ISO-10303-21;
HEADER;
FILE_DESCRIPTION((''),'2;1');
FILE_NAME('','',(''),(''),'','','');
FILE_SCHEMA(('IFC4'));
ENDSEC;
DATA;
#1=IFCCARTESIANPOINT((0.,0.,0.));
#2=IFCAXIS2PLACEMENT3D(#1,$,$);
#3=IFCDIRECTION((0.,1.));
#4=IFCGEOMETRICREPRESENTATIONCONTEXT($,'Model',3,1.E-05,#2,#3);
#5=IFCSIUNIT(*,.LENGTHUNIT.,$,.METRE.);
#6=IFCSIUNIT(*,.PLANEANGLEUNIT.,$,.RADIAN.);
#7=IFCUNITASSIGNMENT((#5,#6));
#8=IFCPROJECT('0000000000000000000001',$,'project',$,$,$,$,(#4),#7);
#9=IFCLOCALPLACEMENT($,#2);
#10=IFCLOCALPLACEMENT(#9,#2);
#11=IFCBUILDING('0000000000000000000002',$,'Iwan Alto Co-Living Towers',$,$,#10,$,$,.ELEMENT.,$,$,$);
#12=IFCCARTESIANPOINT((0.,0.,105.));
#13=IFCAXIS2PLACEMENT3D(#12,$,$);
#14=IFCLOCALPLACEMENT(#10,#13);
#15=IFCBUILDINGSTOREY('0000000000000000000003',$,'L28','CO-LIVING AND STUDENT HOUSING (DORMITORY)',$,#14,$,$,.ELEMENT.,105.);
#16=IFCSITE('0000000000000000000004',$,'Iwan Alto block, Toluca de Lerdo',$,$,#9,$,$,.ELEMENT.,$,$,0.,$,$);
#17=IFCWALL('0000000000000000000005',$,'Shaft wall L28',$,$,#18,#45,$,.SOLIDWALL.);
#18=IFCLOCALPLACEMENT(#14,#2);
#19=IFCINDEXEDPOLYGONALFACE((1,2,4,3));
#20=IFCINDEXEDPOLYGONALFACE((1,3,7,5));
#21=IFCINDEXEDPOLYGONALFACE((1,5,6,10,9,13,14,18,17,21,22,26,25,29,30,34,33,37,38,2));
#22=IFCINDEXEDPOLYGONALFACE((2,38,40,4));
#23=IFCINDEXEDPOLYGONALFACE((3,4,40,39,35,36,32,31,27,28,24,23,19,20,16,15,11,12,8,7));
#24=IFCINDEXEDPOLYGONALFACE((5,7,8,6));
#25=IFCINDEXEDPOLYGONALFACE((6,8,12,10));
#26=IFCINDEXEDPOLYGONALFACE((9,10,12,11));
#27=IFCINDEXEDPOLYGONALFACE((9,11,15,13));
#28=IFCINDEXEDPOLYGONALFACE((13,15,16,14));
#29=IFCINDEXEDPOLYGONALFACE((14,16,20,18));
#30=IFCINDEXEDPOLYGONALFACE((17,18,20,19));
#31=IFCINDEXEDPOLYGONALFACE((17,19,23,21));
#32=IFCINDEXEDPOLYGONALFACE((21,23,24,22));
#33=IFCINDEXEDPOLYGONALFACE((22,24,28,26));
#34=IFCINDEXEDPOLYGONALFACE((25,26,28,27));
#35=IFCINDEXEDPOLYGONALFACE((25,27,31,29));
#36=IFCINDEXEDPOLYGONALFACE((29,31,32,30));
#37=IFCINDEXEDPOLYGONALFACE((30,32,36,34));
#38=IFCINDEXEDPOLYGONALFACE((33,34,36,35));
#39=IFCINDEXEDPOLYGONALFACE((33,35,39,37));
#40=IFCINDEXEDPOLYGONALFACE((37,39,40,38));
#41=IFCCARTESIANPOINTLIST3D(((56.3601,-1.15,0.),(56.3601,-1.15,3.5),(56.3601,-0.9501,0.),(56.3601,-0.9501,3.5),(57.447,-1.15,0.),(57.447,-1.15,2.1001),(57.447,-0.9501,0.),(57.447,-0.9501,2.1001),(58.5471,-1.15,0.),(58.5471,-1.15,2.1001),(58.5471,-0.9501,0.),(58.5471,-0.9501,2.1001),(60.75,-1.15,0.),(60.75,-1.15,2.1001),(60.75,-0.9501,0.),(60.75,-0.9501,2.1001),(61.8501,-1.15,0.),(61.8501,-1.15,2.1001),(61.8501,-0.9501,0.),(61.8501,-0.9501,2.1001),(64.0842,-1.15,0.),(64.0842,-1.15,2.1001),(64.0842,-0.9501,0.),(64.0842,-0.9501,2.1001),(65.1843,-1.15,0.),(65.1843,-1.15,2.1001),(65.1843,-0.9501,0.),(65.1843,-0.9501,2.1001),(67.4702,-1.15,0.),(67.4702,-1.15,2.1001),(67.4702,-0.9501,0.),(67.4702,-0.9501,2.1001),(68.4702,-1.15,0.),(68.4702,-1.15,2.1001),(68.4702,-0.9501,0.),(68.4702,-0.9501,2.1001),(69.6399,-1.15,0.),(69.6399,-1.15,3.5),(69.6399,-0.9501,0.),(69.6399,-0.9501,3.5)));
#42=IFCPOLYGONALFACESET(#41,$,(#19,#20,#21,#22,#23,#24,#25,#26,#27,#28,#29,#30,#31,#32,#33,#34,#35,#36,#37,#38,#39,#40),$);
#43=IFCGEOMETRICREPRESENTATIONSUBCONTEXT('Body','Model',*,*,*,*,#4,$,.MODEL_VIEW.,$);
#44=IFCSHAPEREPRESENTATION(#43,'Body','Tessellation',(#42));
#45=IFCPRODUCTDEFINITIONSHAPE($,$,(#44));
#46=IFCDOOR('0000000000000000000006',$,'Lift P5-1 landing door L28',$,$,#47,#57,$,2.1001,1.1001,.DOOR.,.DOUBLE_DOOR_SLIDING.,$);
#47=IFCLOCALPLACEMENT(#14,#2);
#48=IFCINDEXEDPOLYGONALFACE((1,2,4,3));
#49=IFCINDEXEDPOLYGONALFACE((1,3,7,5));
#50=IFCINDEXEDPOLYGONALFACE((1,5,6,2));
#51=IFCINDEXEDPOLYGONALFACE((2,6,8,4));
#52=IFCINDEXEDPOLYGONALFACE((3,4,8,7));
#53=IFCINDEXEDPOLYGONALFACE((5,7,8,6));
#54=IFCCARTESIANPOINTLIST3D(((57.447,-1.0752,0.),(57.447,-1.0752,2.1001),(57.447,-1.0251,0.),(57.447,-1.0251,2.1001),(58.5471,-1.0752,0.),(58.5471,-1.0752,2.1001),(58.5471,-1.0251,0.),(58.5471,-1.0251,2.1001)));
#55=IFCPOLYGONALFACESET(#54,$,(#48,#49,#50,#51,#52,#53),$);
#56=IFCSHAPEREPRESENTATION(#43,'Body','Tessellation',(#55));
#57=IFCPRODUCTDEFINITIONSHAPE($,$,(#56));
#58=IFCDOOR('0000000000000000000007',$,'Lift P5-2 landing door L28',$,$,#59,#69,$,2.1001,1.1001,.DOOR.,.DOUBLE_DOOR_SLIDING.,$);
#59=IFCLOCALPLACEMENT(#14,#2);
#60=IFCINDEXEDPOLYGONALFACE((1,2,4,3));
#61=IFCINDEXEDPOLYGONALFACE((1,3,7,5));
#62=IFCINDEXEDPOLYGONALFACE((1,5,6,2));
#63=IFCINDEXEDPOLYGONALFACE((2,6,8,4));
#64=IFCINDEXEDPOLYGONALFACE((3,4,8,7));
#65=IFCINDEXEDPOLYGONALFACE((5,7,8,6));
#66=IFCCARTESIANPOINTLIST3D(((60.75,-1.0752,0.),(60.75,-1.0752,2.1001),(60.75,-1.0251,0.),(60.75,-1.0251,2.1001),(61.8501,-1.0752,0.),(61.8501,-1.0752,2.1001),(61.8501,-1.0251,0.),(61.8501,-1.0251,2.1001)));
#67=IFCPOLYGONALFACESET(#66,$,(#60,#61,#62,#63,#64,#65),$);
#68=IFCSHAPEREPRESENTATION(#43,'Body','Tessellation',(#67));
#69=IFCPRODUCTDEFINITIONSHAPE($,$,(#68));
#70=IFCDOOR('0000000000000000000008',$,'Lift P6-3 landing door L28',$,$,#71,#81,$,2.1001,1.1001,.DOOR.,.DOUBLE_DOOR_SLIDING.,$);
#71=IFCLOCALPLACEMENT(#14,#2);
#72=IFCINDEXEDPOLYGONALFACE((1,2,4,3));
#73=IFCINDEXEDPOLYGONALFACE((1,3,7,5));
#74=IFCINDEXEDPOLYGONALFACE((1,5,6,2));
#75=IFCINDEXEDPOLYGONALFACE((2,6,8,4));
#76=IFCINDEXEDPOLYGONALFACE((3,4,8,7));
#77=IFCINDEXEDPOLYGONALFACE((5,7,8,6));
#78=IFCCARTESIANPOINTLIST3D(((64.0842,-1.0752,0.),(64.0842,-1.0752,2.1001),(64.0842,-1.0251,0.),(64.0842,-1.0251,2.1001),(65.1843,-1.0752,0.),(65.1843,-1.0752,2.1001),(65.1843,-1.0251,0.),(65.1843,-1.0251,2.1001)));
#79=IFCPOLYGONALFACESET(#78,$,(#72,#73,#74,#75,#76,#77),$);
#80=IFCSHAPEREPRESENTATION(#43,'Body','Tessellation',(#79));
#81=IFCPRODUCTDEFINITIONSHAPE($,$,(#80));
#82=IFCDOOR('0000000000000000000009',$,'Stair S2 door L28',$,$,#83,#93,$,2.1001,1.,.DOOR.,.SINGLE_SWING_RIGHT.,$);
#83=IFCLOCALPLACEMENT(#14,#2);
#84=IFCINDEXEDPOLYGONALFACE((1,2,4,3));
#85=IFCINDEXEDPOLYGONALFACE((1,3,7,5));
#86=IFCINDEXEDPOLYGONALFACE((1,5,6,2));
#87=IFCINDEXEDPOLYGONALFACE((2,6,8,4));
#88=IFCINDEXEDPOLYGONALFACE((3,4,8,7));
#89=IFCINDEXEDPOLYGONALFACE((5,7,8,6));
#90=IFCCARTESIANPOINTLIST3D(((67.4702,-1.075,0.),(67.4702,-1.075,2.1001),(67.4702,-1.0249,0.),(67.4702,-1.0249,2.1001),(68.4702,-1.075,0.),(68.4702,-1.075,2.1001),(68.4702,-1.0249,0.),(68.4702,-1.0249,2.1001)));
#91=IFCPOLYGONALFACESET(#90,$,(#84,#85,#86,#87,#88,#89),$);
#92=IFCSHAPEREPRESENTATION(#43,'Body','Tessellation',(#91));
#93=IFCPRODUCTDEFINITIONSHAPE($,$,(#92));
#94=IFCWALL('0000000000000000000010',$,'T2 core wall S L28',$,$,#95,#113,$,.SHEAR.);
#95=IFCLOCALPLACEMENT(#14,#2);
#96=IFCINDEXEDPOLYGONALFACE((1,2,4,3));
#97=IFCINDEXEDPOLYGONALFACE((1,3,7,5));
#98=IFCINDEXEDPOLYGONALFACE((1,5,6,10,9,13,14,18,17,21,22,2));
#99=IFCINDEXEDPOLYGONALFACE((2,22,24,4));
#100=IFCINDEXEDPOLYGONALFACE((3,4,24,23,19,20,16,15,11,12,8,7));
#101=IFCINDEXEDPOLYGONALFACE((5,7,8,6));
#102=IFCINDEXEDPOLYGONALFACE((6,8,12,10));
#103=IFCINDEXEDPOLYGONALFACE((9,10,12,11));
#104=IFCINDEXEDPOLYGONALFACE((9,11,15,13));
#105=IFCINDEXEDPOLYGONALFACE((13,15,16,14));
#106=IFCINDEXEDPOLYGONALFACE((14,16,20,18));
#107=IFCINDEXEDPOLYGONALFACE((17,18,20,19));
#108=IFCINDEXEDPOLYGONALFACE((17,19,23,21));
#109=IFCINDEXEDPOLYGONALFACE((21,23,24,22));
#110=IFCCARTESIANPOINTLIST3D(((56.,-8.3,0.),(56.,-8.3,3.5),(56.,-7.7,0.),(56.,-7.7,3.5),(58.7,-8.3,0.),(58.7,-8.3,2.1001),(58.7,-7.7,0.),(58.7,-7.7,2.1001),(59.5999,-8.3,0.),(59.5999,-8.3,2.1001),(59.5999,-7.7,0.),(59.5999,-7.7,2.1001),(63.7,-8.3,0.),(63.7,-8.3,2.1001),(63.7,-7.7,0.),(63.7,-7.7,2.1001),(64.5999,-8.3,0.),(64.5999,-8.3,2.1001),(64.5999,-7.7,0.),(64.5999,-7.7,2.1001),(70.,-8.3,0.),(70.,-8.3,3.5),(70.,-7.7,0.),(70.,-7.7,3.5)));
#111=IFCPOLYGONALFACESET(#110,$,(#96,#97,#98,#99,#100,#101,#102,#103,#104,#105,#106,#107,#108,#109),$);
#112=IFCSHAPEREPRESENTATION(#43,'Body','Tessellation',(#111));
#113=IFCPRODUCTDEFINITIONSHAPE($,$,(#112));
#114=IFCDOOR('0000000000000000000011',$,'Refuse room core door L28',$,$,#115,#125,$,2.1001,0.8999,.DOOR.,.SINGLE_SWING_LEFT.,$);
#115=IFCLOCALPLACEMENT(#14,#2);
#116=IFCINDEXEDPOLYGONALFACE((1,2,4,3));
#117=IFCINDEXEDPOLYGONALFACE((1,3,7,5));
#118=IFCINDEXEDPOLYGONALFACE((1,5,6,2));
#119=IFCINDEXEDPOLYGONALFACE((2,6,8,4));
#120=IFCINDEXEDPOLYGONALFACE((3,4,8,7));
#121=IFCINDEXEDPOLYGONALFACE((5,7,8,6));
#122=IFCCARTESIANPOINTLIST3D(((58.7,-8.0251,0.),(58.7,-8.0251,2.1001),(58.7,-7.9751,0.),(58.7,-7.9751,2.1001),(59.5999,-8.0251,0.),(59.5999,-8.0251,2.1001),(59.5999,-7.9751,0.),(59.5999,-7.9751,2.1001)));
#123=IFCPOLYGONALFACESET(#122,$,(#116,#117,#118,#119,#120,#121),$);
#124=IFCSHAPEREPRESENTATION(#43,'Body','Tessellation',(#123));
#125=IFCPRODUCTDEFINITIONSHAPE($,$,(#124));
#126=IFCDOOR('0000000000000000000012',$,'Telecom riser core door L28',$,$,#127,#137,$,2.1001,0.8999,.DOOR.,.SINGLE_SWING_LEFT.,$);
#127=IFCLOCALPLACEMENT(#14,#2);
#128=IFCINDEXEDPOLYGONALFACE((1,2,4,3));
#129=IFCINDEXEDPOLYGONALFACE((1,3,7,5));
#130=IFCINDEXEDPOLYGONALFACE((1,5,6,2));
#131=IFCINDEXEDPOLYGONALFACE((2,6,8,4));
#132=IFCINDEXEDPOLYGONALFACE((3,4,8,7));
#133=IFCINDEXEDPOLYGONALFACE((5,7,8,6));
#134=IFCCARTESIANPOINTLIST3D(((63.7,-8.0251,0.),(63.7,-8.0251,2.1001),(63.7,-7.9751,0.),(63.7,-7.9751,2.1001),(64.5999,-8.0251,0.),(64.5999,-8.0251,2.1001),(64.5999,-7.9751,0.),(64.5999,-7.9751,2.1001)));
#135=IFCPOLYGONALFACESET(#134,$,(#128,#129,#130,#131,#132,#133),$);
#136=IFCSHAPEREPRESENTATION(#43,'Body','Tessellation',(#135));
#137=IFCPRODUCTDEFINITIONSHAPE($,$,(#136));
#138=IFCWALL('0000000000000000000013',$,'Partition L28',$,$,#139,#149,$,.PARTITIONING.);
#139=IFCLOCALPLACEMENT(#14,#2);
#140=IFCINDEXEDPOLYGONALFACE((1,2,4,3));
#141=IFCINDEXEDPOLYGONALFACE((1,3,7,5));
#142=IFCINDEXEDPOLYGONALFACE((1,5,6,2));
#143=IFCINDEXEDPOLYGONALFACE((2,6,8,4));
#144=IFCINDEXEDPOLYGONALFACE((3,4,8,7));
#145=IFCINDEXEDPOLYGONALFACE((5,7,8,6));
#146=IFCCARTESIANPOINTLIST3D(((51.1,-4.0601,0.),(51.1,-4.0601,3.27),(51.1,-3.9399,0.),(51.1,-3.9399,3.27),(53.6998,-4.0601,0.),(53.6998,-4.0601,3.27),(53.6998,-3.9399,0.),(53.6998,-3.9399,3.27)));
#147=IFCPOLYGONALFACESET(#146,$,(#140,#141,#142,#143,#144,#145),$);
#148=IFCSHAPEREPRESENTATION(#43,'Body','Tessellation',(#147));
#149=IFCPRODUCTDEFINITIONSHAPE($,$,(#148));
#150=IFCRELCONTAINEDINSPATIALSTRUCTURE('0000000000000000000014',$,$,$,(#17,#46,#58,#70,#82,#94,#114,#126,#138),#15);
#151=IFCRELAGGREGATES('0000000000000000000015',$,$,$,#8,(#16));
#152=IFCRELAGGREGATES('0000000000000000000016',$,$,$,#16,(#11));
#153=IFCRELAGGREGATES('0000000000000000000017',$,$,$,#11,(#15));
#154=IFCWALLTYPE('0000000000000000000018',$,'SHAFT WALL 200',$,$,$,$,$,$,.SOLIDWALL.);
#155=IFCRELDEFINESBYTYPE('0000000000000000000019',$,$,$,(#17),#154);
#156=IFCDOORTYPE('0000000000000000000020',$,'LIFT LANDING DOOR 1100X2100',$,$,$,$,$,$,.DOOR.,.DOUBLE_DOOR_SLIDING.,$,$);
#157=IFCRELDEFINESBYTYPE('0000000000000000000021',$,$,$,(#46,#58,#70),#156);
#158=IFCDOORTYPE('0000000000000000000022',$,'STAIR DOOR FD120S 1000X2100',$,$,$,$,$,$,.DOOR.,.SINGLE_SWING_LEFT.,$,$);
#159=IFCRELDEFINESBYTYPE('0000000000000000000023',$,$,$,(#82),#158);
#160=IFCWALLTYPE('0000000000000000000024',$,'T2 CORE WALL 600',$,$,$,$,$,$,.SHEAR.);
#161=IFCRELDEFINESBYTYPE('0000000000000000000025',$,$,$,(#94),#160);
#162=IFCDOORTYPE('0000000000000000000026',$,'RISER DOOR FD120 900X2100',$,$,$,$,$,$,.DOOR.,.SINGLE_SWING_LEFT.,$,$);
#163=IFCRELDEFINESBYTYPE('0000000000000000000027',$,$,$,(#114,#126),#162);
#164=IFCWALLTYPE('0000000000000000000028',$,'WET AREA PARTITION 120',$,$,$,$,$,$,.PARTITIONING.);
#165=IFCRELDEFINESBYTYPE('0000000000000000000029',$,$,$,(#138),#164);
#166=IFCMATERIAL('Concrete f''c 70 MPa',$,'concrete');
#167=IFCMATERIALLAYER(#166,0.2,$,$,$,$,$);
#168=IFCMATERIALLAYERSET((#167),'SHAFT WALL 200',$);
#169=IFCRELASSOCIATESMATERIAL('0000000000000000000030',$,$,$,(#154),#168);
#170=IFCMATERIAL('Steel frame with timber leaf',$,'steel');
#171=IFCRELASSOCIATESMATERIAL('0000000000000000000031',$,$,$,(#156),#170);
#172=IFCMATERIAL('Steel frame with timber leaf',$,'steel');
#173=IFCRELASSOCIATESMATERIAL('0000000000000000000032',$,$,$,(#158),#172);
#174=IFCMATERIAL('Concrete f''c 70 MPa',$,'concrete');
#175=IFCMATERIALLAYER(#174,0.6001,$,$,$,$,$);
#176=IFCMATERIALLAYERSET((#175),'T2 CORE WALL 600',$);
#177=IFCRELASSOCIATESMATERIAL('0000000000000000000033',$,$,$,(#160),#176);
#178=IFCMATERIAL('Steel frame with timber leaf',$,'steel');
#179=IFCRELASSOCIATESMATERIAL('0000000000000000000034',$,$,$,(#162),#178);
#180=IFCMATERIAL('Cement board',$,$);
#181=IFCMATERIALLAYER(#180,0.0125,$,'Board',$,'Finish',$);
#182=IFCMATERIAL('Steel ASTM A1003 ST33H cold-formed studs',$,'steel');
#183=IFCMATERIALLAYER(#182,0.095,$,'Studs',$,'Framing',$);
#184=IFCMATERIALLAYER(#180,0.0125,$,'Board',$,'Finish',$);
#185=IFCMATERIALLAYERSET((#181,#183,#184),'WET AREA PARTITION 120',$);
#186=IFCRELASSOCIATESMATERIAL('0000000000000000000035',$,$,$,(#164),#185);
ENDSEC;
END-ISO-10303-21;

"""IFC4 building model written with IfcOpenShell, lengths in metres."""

from ifc_helpers import new_model, si_unit, direction, frame, frame_2d, origin, place, context, subcontext, project, spatial, rectangle, extrude, material, layer, layer_set, type_object, element, fill, save


model = new_model("IFC4")

# Units and contexts
model_context = context("Model", 3, precision=1e-05, world=origin(), true_north=direction((0.0, 1.0)))
body_context = subcontext(model_context, "Body", "Model", "MODEL_VIEW")
ifc_project = project(units=[si_unit("LENGTHUNIT", "METRE"), si_unit("PLANEANGLEUNIT", "RADIAN")], contexts=[model_context])

# Site, building, storey
site_placement = place(None, origin())
site = spatial("IfcSite", under=ifc_project, at=site_placement, Name="Iwan Alto block, Toluca de Lerdo", CompositionType="ELEMENT", RefElevation=0.0)
building_placement = place(site_placement, origin())
building = spatial("IfcBuilding", under=site, at=building_placement, Name="Iwan Alto Co-Living Towers", CompositionType="ELEMENT")
storey_placement = place(building_placement, frame((0.0, 0.0, 105.0)))
storey = spatial("IfcBuildingStorey", under=building, at=storey_placement, Name="L28", Description="CO-LIVING AND STUDENT HOUSING (DORMITORY)", CompositionType="ELEMENT", Elevation=105.0)

# Shared definitions
ifc_material_1 = material(Name="Steel ASTM A1003 ST33H cold-formed studs", Category="steel")

# Shared definitions
ifc_material_2 = material(Name="Concrete f'c 70 MPa", Category="concrete")
ifc_layer_1 = layer(ifc_material_2, 0.2)
ifc_layer_set_1 = layer_set([ifc_layer_1], Name="SHAFT WALL 200")
wall_type_1 = type_object("IfcWallType", Name="SHAFT WALL 200", PredefinedType="SOLIDWALL", material=ifc_layer_set_1)

# Walls, openings, doors
wall_1_placement = place(storey_placement, frame((56.3601, -1.05, 0.0), z_axis=(0.0, 0.0, 1.0), x_axis=(1.0, 0.0, 0.0)))
wall_1 = element("IfcWall", 1, at=wall_1_placement, inside=storey, type_object=wall_type_1, Name="Shaft wall L28", PredefinedType="SOLIDWALL", context=body_context, shape_type="SweptSolid", body=[
    extrude(rectangle(XDim=13.2798, YDim=0.2, at=frame_2d((6.6399, 0.0))), origin(), (0.0, 0.0, 1.0), 3.5),
])
opening_1_placement = place(wall_1_placement, frame((11.1101, 0.0, 0.0)))
opening_1 = element("IfcOpeningElement", 2, at=opening_1_placement, cuts=wall_1, PredefinedType="OPENING", context=body_context, shape_type="SweptSolid", body=[
    extrude(rectangle(XDim=1.0, YDim=2.1001, at=frame_2d((0.5, 1.05))), frame((0.0, 0.1099, 0.0), z_axis=(0.0, -1.0, 0.0), x_axis=(1.0, 0.0, 0.0)), (0.0, 0.0, 1.0), 0.22),
])
opening_2_placement = place(wall_1_placement, frame((1.0869, 0.0, 0.0)))
opening_2 = element("IfcOpeningElement", 3, at=opening_2_placement, cuts=wall_1, PredefinedType="OPENING", context=body_context, shape_type="SweptSolid", body=[
    extrude(rectangle(XDim=1.1001, YDim=2.1001, at=frame_2d((0.55, 1.05))), frame((0.0, 0.1099, 0.0), z_axis=(0.0, -1.0, 0.0), x_axis=(1.0, 0.0, 0.0)), (0.0, 0.0, 1.0), 0.22),
])
opening_3_placement = place(wall_1_placement, frame((4.3899, 0.0, 0.0)))
opening_3 = element("IfcOpeningElement", 4, at=opening_3_placement, cuts=wall_1, PredefinedType="OPENING", context=body_context, shape_type="SweptSolid", body=[
    extrude(rectangle(XDim=1.1001, YDim=2.1001, at=frame_2d((0.55, 1.05))), frame((0.0, 0.1099, 0.0), z_axis=(0.0, -1.0, 0.0), x_axis=(1.0, 0.0, 0.0)), (0.0, 0.0, 1.0), 0.22),
])
opening_4_placement = place(wall_1_placement, frame((7.7241, 0.0, 0.0)))
opening_4 = element("IfcOpeningElement", 5, at=opening_4_placement, cuts=wall_1, PredefinedType="OPENING", context=body_context, shape_type="SweptSolid", body=[
    extrude(rectangle(XDim=1.1001, YDim=2.1001, at=frame_2d((0.55, 1.05))), frame((0.0, 0.1099, 0.0), z_axis=(0.0, -1.0, 0.0), x_axis=(1.0, 0.0, 0.0)), (0.0, 0.0, 1.0), 0.22),
])
ifc_material_3 = material(Name="Steel frame with timber leaf", Category="steel")
door_type_1 = type_object("IfcDoorType", Name="LIFT LANDING DOOR 1100X2100", OperationType="DOUBLE_DOOR_SLIDING", PredefinedType="DOOR", material=ifc_material_3)
door_1_placement = place(opening_2_placement, origin())
door_1 = element("IfcDoor", 6, at=door_1_placement, inside=storey, type_object=door_type_1, Name="Lift P5-1 landing door L28", OperationType="DOUBLE_DOOR_SLIDING", OverallHeight=2.1001, OverallWidth=1.1001, PredefinedType="DOOR", context=body_context, shape_type="SweptSolid", body=[
    extrude(rectangle(XDim=1.1001, YDim=2.1001, at=frame_2d((0.55, 1.05))), frame((0.0, 0.0249, 0.0), z_axis=(0.0, -1.0, 0.0), x_axis=(1.0, 0.0, 0.0)), (0.0, 0.0, 1.0), 0.05),
])
fill(opening_2, door_1)
door_2_placement = place(opening_3_placement, origin())
door_2 = element("IfcDoor", 7, at=door_2_placement, inside=storey, type_object=door_type_1, Name="Lift P5-2 landing door L28", OperationType="DOUBLE_DOOR_SLIDING", OverallHeight=2.1001, OverallWidth=1.1001, PredefinedType="DOOR", context=body_context, shape_type="SweptSolid", body=[
    extrude(rectangle(XDim=1.1001, YDim=2.1001, at=frame_2d((0.55, 1.05))), frame((0.0, 0.0249, 0.0), z_axis=(0.0, -1.0, 0.0), x_axis=(1.0, 0.0, 0.0)), (0.0, 0.0, 1.0), 0.05),
])
fill(opening_3, door_2)
door_3_placement = place(opening_4_placement, origin())
door_3 = element("IfcDoor", 8, at=door_3_placement, inside=storey, type_object=door_type_1, Name="Lift P6-3 landing door L28", OperationType="DOUBLE_DOOR_SLIDING", OverallHeight=2.1001, OverallWidth=1.1001, PredefinedType="DOOR", context=body_context, shape_type="SweptSolid", body=[
    extrude(rectangle(XDim=1.1001, YDim=2.1001, at=frame_2d((0.55, 1.05))), frame((0.0, 0.0249, 0.0), z_axis=(0.0, -1.0, 0.0), x_axis=(1.0, 0.0, 0.0)), (0.0, 0.0, 1.0), 0.05),
])
fill(opening_4, door_3)
ifc_material_4 = material(Name="Steel frame with timber leaf", Category="steel")
door_type_2 = type_object("IfcDoorType", Name="STAIR DOOR FD120S 1000X2100", OperationType="SINGLE_SWING_LEFT", PredefinedType="DOOR", material=ifc_material_4)
door_4_placement = place(opening_1_placement, frame((1.0, 0.0, 0.0), z_axis=(0.0, 0.0, 1.0), x_axis=(-1.0, 0.0, 0.0)))
door_4 = element("IfcDoor", 9, at=door_4_placement, inside=storey, type_object=door_type_2, Name="Stair S2 door L28", OperationType="SINGLE_SWING_RIGHT", OverallHeight=2.1001, OverallWidth=1.0, PredefinedType="DOOR", context=body_context, shape_type="SweptSolid", body=[
    extrude(rectangle(XDim=1.0, YDim=2.1001, at=frame_2d((0.5, 1.05))), frame((0.0, 0.0249, 0.0), z_axis=(0.0, -1.0, 0.0), x_axis=(1.0, 0.0, 0.0)), (0.0, 0.0, 1.0), 0.05),
])
fill(opening_1, door_4)
ifc_material_5 = material(Name="Concrete f'c 70 MPa", Category="concrete")
ifc_layer_2 = layer(ifc_material_5, 0.6001)
ifc_layer_set_2 = layer_set([ifc_layer_2], Name="T2 CORE WALL 600")
wall_type_2 = type_object("IfcWallType", Name="T2 CORE WALL 600", PredefinedType="SHEAR", material=ifc_layer_set_2)
wall_2_placement = place(storey_placement, frame((56.0, -8.0, 0.0), z_axis=(0.0, 0.0, 1.0), x_axis=(1.0, 0.0, 0.0)))
wall_2 = element("IfcWall", 10, at=wall_2_placement, inside=storey, type_object=wall_type_2, Name="T2 core wall S L28", PredefinedType="SHEAR", context=body_context, shape_type="SweptSolid", body=[
    extrude(rectangle(XDim=14.0, YDim=0.6001, at=frame_2d((7.0, 0.0))), origin(), (0.0, 0.0, 1.0), 3.5),
])
opening_5_placement = place(wall_2_placement, frame((2.7, 0.0, 0.0)))
opening_5 = element("IfcOpeningElement", 11, at=opening_5_placement, cuts=wall_2, PredefinedType="OPENING", context=body_context, shape_type="SweptSolid", body=[
    extrude(rectangle(XDim=0.8999, YDim=2.1001, at=frame_2d((0.45, 1.05))), frame((0.0, 0.3101, 0.0), z_axis=(0.0, -1.0, 0.0), x_axis=(1.0, 0.0, 0.0)), (0.0, 0.0, 1.0), 0.6201),
])
opening_6_placement = place(wall_2_placement, frame((7.7, 0.0, 0.0)))
opening_6 = element("IfcOpeningElement", 12, at=opening_6_placement, cuts=wall_2, PredefinedType="OPENING", context=body_context, shape_type="SweptSolid", body=[
    extrude(rectangle(XDim=0.8999, YDim=2.1001, at=frame_2d((0.45, 1.05))), frame((0.0, 0.3101, 0.0), z_axis=(0.0, -1.0, 0.0), x_axis=(1.0, 0.0, 0.0)), (0.0, 0.0, 1.0), 0.6201),
])
ifc_material_6 = material(Name="Steel frame with timber leaf", Category="steel")
door_type_3 = type_object("IfcDoorType", Name="RISER DOOR FD120 900X2100", OperationType="SINGLE_SWING_LEFT", PredefinedType="DOOR", material=ifc_material_6)
door_5_placement = place(opening_5_placement, origin())
door_5 = element("IfcDoor", 13, at=door_5_placement, inside=storey, type_object=door_type_3, Name="Refuse room core door L28", OperationType="SINGLE_SWING_LEFT", OverallHeight=2.1001, OverallWidth=0.8999, PredefinedType="DOOR", context=body_context, shape_type="SweptSolid", body=[
    extrude(rectangle(XDim=0.8999, YDim=2.1001, at=frame_2d((0.45, 1.05))), frame((0.0, 0.0249, 0.0), z_axis=(0.0, -1.0, 0.0), x_axis=(1.0, 0.0, 0.0)), (0.0, 0.0, 1.0), 0.05),
])
fill(opening_5, door_5)
door_6_placement = place(opening_6_placement, origin())
door_6 = element("IfcDoor", 14, at=door_6_placement, inside=storey, type_object=door_type_3, Name="Telecom riser core door L28", OperationType="SINGLE_SWING_LEFT", OverallHeight=2.1001, OverallWidth=0.8999, PredefinedType="DOOR", context=body_context, shape_type="SweptSolid", body=[
    extrude(rectangle(XDim=0.8999, YDim=2.1001, at=frame_2d((0.45, 1.05))), frame((0.0, 0.0249, 0.0), z_axis=(0.0, -1.0, 0.0), x_axis=(1.0, 0.0, 0.0)), (0.0, 0.0, 1.0), 0.05),
])
fill(opening_6, door_6)

# Wall
ifc_material_7 = material(Name="Cement board")
ifc_layer_3 = layer(ifc_material_7, 0.0125, Name="Board", Category="Finish")
ifc_layer_4 = layer(ifc_material_1, 0.095, Name="Studs", Category="Framing")
ifc_layer_5 = layer(ifc_material_7, 0.0125, Name="Board", Category="Finish")
ifc_layer_set_3 = layer_set([ifc_layer_3, ifc_layer_4, ifc_layer_5], Name="WET AREA PARTITION 120")
wall_type_3 = type_object("IfcWallType", Name="WET AREA PARTITION 120", PredefinedType="PARTITIONING", material=ifc_layer_set_3)
wall_3_placement = place(storey_placement, frame((51.1001, -4.0, 0.0), z_axis=(0.0, 0.0, 1.0), x_axis=(1.0, 0.0, 0.0)))
element("IfcWall", 15, at=wall_3_placement, inside=storey, type_object=wall_type_3, Name="Partition L28", PredefinedType="PARTITIONING", context=body_context, shape_type="SweptSolid", body=[
    extrude(rectangle(XDim=2.5999, YDim=0.1201, at=frame_2d((1.2998, 0.0))), origin(), (0.0, 0.0, 1.0), 3.27),
])

save(model, "model.ifc")
